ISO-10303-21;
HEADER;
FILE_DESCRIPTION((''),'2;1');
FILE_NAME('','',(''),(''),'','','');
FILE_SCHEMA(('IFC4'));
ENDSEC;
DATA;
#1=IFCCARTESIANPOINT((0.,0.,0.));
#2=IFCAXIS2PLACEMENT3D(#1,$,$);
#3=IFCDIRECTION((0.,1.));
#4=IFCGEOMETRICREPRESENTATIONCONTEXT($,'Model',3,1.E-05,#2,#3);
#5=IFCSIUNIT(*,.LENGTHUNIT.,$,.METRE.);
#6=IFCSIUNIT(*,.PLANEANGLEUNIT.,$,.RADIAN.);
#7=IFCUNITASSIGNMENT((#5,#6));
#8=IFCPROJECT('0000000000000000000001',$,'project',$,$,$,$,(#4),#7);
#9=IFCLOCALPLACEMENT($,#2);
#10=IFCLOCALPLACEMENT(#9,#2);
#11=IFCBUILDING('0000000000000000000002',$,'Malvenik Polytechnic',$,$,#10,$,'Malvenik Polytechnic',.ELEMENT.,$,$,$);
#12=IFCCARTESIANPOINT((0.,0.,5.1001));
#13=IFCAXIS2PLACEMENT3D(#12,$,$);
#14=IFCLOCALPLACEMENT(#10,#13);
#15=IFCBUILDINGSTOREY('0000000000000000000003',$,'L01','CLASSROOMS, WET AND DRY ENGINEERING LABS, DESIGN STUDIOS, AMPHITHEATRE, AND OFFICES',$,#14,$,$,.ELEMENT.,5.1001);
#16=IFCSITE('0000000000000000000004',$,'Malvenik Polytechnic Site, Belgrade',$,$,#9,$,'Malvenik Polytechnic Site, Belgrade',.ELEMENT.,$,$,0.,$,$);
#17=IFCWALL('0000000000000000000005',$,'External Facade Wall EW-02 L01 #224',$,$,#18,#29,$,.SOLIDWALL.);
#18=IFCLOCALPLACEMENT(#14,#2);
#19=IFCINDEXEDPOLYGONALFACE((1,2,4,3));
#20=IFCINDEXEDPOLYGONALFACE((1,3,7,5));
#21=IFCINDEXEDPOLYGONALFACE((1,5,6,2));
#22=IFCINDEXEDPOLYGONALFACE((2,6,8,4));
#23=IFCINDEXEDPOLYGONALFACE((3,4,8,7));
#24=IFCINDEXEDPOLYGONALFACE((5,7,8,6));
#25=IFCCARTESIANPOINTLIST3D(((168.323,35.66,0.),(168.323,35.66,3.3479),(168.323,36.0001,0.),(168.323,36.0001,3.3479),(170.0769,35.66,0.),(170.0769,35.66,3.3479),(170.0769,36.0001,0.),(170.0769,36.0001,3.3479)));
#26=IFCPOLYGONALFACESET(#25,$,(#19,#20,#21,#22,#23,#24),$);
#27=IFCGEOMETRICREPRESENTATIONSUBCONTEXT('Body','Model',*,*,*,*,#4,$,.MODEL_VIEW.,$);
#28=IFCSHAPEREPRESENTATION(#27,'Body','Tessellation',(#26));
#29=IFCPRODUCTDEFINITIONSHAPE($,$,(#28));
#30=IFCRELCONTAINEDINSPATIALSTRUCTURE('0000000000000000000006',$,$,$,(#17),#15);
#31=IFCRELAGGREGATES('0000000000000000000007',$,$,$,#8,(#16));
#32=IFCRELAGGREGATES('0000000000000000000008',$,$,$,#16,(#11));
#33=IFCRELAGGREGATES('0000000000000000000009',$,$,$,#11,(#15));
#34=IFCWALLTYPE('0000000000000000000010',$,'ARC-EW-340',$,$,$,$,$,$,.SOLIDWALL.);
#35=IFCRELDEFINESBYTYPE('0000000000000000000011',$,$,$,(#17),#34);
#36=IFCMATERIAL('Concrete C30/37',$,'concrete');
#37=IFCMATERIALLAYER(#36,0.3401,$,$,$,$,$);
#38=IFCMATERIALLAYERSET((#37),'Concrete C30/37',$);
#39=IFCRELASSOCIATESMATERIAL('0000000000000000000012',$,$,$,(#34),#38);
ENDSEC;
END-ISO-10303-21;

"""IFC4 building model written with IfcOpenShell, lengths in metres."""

from ifc_helpers import new_model, si_unit, direction, frame, frame_2d, origin, place, context, subcontext, project, spatial, rectangle, extrude, material, layer, layer_set, type_object, element, save


model = new_model("IFC4")

# Units and contexts
model_context = context("Model", 3, precision=1e-05, world=origin(), true_north=direction((0.0, 1.0)))
body_context = subcontext(model_context, "Body", "Model", "MODEL_VIEW")
ifc_project = project(units=[si_unit("LENGTHUNIT", "METRE"), si_unit("PLANEANGLEUNIT", "RADIAN")], contexts=[model_context])

# Site, building, storey
site_placement = place(None, origin())
site = spatial("IfcSite", under=ifc_project, at=site_placement, Name="Malvenik Polytechnic Site, Belgrade", LongName="Malvenik Polytechnic Site, Belgrade", CompositionType="ELEMENT", RefElevation=0.0)
building_placement = place(site_placement, origin())
building = spatial("IfcBuilding", under=site, at=building_placement, Name="Malvenik Polytechnic", LongName="Malvenik Polytechnic", CompositionType="ELEMENT")
storey_placement = place(building_placement, frame((0.0, 0.0, 5.1001)))
storey = spatial("IfcBuildingStorey", under=building, at=storey_placement, Name="L01", Description="CLASSROOMS, WET AND DRY ENGINEERING LABS, DESIGN STUDIOS, AMPHITHEATRE, AND OFFICES", CompositionType="ELEMENT", Elevation=5.1001)

# Wall
ifc_material_1 = material(Name="Concrete C30/37", Category="concrete")
ifc_layer_1 = layer(ifc_material_1, 0.3401)
ifc_layer_set_1 = layer_set([ifc_layer_1], Name="Concrete C30/37")
wall_type = type_object("IfcWallType", Name="ARC-EW-340", PredefinedType="SOLIDWALL", material=ifc_layer_set_1)
wall_placement = place(storey_placement, frame((168.323, 35.8301, 0.0), z_axis=(0.0, 0.0, 1.0), x_axis=(1.0, 0.0, 0.0)))
element("IfcWall", 1, at=wall_placement, inside=storey, type_object=wall_type, Name="External Facade Wall EW-02 L01 #224", PredefinedType="SOLIDWALL", context=body_context, shape_type="SweptSolid", body=[
    extrude(rectangle(XDim=1.7539, YDim=0.3401, at=frame_2d((0.877, 0.0))), origin(), (0.0, 0.0, 1.0), 3.3479),
])

save(model, "model.ifc")
